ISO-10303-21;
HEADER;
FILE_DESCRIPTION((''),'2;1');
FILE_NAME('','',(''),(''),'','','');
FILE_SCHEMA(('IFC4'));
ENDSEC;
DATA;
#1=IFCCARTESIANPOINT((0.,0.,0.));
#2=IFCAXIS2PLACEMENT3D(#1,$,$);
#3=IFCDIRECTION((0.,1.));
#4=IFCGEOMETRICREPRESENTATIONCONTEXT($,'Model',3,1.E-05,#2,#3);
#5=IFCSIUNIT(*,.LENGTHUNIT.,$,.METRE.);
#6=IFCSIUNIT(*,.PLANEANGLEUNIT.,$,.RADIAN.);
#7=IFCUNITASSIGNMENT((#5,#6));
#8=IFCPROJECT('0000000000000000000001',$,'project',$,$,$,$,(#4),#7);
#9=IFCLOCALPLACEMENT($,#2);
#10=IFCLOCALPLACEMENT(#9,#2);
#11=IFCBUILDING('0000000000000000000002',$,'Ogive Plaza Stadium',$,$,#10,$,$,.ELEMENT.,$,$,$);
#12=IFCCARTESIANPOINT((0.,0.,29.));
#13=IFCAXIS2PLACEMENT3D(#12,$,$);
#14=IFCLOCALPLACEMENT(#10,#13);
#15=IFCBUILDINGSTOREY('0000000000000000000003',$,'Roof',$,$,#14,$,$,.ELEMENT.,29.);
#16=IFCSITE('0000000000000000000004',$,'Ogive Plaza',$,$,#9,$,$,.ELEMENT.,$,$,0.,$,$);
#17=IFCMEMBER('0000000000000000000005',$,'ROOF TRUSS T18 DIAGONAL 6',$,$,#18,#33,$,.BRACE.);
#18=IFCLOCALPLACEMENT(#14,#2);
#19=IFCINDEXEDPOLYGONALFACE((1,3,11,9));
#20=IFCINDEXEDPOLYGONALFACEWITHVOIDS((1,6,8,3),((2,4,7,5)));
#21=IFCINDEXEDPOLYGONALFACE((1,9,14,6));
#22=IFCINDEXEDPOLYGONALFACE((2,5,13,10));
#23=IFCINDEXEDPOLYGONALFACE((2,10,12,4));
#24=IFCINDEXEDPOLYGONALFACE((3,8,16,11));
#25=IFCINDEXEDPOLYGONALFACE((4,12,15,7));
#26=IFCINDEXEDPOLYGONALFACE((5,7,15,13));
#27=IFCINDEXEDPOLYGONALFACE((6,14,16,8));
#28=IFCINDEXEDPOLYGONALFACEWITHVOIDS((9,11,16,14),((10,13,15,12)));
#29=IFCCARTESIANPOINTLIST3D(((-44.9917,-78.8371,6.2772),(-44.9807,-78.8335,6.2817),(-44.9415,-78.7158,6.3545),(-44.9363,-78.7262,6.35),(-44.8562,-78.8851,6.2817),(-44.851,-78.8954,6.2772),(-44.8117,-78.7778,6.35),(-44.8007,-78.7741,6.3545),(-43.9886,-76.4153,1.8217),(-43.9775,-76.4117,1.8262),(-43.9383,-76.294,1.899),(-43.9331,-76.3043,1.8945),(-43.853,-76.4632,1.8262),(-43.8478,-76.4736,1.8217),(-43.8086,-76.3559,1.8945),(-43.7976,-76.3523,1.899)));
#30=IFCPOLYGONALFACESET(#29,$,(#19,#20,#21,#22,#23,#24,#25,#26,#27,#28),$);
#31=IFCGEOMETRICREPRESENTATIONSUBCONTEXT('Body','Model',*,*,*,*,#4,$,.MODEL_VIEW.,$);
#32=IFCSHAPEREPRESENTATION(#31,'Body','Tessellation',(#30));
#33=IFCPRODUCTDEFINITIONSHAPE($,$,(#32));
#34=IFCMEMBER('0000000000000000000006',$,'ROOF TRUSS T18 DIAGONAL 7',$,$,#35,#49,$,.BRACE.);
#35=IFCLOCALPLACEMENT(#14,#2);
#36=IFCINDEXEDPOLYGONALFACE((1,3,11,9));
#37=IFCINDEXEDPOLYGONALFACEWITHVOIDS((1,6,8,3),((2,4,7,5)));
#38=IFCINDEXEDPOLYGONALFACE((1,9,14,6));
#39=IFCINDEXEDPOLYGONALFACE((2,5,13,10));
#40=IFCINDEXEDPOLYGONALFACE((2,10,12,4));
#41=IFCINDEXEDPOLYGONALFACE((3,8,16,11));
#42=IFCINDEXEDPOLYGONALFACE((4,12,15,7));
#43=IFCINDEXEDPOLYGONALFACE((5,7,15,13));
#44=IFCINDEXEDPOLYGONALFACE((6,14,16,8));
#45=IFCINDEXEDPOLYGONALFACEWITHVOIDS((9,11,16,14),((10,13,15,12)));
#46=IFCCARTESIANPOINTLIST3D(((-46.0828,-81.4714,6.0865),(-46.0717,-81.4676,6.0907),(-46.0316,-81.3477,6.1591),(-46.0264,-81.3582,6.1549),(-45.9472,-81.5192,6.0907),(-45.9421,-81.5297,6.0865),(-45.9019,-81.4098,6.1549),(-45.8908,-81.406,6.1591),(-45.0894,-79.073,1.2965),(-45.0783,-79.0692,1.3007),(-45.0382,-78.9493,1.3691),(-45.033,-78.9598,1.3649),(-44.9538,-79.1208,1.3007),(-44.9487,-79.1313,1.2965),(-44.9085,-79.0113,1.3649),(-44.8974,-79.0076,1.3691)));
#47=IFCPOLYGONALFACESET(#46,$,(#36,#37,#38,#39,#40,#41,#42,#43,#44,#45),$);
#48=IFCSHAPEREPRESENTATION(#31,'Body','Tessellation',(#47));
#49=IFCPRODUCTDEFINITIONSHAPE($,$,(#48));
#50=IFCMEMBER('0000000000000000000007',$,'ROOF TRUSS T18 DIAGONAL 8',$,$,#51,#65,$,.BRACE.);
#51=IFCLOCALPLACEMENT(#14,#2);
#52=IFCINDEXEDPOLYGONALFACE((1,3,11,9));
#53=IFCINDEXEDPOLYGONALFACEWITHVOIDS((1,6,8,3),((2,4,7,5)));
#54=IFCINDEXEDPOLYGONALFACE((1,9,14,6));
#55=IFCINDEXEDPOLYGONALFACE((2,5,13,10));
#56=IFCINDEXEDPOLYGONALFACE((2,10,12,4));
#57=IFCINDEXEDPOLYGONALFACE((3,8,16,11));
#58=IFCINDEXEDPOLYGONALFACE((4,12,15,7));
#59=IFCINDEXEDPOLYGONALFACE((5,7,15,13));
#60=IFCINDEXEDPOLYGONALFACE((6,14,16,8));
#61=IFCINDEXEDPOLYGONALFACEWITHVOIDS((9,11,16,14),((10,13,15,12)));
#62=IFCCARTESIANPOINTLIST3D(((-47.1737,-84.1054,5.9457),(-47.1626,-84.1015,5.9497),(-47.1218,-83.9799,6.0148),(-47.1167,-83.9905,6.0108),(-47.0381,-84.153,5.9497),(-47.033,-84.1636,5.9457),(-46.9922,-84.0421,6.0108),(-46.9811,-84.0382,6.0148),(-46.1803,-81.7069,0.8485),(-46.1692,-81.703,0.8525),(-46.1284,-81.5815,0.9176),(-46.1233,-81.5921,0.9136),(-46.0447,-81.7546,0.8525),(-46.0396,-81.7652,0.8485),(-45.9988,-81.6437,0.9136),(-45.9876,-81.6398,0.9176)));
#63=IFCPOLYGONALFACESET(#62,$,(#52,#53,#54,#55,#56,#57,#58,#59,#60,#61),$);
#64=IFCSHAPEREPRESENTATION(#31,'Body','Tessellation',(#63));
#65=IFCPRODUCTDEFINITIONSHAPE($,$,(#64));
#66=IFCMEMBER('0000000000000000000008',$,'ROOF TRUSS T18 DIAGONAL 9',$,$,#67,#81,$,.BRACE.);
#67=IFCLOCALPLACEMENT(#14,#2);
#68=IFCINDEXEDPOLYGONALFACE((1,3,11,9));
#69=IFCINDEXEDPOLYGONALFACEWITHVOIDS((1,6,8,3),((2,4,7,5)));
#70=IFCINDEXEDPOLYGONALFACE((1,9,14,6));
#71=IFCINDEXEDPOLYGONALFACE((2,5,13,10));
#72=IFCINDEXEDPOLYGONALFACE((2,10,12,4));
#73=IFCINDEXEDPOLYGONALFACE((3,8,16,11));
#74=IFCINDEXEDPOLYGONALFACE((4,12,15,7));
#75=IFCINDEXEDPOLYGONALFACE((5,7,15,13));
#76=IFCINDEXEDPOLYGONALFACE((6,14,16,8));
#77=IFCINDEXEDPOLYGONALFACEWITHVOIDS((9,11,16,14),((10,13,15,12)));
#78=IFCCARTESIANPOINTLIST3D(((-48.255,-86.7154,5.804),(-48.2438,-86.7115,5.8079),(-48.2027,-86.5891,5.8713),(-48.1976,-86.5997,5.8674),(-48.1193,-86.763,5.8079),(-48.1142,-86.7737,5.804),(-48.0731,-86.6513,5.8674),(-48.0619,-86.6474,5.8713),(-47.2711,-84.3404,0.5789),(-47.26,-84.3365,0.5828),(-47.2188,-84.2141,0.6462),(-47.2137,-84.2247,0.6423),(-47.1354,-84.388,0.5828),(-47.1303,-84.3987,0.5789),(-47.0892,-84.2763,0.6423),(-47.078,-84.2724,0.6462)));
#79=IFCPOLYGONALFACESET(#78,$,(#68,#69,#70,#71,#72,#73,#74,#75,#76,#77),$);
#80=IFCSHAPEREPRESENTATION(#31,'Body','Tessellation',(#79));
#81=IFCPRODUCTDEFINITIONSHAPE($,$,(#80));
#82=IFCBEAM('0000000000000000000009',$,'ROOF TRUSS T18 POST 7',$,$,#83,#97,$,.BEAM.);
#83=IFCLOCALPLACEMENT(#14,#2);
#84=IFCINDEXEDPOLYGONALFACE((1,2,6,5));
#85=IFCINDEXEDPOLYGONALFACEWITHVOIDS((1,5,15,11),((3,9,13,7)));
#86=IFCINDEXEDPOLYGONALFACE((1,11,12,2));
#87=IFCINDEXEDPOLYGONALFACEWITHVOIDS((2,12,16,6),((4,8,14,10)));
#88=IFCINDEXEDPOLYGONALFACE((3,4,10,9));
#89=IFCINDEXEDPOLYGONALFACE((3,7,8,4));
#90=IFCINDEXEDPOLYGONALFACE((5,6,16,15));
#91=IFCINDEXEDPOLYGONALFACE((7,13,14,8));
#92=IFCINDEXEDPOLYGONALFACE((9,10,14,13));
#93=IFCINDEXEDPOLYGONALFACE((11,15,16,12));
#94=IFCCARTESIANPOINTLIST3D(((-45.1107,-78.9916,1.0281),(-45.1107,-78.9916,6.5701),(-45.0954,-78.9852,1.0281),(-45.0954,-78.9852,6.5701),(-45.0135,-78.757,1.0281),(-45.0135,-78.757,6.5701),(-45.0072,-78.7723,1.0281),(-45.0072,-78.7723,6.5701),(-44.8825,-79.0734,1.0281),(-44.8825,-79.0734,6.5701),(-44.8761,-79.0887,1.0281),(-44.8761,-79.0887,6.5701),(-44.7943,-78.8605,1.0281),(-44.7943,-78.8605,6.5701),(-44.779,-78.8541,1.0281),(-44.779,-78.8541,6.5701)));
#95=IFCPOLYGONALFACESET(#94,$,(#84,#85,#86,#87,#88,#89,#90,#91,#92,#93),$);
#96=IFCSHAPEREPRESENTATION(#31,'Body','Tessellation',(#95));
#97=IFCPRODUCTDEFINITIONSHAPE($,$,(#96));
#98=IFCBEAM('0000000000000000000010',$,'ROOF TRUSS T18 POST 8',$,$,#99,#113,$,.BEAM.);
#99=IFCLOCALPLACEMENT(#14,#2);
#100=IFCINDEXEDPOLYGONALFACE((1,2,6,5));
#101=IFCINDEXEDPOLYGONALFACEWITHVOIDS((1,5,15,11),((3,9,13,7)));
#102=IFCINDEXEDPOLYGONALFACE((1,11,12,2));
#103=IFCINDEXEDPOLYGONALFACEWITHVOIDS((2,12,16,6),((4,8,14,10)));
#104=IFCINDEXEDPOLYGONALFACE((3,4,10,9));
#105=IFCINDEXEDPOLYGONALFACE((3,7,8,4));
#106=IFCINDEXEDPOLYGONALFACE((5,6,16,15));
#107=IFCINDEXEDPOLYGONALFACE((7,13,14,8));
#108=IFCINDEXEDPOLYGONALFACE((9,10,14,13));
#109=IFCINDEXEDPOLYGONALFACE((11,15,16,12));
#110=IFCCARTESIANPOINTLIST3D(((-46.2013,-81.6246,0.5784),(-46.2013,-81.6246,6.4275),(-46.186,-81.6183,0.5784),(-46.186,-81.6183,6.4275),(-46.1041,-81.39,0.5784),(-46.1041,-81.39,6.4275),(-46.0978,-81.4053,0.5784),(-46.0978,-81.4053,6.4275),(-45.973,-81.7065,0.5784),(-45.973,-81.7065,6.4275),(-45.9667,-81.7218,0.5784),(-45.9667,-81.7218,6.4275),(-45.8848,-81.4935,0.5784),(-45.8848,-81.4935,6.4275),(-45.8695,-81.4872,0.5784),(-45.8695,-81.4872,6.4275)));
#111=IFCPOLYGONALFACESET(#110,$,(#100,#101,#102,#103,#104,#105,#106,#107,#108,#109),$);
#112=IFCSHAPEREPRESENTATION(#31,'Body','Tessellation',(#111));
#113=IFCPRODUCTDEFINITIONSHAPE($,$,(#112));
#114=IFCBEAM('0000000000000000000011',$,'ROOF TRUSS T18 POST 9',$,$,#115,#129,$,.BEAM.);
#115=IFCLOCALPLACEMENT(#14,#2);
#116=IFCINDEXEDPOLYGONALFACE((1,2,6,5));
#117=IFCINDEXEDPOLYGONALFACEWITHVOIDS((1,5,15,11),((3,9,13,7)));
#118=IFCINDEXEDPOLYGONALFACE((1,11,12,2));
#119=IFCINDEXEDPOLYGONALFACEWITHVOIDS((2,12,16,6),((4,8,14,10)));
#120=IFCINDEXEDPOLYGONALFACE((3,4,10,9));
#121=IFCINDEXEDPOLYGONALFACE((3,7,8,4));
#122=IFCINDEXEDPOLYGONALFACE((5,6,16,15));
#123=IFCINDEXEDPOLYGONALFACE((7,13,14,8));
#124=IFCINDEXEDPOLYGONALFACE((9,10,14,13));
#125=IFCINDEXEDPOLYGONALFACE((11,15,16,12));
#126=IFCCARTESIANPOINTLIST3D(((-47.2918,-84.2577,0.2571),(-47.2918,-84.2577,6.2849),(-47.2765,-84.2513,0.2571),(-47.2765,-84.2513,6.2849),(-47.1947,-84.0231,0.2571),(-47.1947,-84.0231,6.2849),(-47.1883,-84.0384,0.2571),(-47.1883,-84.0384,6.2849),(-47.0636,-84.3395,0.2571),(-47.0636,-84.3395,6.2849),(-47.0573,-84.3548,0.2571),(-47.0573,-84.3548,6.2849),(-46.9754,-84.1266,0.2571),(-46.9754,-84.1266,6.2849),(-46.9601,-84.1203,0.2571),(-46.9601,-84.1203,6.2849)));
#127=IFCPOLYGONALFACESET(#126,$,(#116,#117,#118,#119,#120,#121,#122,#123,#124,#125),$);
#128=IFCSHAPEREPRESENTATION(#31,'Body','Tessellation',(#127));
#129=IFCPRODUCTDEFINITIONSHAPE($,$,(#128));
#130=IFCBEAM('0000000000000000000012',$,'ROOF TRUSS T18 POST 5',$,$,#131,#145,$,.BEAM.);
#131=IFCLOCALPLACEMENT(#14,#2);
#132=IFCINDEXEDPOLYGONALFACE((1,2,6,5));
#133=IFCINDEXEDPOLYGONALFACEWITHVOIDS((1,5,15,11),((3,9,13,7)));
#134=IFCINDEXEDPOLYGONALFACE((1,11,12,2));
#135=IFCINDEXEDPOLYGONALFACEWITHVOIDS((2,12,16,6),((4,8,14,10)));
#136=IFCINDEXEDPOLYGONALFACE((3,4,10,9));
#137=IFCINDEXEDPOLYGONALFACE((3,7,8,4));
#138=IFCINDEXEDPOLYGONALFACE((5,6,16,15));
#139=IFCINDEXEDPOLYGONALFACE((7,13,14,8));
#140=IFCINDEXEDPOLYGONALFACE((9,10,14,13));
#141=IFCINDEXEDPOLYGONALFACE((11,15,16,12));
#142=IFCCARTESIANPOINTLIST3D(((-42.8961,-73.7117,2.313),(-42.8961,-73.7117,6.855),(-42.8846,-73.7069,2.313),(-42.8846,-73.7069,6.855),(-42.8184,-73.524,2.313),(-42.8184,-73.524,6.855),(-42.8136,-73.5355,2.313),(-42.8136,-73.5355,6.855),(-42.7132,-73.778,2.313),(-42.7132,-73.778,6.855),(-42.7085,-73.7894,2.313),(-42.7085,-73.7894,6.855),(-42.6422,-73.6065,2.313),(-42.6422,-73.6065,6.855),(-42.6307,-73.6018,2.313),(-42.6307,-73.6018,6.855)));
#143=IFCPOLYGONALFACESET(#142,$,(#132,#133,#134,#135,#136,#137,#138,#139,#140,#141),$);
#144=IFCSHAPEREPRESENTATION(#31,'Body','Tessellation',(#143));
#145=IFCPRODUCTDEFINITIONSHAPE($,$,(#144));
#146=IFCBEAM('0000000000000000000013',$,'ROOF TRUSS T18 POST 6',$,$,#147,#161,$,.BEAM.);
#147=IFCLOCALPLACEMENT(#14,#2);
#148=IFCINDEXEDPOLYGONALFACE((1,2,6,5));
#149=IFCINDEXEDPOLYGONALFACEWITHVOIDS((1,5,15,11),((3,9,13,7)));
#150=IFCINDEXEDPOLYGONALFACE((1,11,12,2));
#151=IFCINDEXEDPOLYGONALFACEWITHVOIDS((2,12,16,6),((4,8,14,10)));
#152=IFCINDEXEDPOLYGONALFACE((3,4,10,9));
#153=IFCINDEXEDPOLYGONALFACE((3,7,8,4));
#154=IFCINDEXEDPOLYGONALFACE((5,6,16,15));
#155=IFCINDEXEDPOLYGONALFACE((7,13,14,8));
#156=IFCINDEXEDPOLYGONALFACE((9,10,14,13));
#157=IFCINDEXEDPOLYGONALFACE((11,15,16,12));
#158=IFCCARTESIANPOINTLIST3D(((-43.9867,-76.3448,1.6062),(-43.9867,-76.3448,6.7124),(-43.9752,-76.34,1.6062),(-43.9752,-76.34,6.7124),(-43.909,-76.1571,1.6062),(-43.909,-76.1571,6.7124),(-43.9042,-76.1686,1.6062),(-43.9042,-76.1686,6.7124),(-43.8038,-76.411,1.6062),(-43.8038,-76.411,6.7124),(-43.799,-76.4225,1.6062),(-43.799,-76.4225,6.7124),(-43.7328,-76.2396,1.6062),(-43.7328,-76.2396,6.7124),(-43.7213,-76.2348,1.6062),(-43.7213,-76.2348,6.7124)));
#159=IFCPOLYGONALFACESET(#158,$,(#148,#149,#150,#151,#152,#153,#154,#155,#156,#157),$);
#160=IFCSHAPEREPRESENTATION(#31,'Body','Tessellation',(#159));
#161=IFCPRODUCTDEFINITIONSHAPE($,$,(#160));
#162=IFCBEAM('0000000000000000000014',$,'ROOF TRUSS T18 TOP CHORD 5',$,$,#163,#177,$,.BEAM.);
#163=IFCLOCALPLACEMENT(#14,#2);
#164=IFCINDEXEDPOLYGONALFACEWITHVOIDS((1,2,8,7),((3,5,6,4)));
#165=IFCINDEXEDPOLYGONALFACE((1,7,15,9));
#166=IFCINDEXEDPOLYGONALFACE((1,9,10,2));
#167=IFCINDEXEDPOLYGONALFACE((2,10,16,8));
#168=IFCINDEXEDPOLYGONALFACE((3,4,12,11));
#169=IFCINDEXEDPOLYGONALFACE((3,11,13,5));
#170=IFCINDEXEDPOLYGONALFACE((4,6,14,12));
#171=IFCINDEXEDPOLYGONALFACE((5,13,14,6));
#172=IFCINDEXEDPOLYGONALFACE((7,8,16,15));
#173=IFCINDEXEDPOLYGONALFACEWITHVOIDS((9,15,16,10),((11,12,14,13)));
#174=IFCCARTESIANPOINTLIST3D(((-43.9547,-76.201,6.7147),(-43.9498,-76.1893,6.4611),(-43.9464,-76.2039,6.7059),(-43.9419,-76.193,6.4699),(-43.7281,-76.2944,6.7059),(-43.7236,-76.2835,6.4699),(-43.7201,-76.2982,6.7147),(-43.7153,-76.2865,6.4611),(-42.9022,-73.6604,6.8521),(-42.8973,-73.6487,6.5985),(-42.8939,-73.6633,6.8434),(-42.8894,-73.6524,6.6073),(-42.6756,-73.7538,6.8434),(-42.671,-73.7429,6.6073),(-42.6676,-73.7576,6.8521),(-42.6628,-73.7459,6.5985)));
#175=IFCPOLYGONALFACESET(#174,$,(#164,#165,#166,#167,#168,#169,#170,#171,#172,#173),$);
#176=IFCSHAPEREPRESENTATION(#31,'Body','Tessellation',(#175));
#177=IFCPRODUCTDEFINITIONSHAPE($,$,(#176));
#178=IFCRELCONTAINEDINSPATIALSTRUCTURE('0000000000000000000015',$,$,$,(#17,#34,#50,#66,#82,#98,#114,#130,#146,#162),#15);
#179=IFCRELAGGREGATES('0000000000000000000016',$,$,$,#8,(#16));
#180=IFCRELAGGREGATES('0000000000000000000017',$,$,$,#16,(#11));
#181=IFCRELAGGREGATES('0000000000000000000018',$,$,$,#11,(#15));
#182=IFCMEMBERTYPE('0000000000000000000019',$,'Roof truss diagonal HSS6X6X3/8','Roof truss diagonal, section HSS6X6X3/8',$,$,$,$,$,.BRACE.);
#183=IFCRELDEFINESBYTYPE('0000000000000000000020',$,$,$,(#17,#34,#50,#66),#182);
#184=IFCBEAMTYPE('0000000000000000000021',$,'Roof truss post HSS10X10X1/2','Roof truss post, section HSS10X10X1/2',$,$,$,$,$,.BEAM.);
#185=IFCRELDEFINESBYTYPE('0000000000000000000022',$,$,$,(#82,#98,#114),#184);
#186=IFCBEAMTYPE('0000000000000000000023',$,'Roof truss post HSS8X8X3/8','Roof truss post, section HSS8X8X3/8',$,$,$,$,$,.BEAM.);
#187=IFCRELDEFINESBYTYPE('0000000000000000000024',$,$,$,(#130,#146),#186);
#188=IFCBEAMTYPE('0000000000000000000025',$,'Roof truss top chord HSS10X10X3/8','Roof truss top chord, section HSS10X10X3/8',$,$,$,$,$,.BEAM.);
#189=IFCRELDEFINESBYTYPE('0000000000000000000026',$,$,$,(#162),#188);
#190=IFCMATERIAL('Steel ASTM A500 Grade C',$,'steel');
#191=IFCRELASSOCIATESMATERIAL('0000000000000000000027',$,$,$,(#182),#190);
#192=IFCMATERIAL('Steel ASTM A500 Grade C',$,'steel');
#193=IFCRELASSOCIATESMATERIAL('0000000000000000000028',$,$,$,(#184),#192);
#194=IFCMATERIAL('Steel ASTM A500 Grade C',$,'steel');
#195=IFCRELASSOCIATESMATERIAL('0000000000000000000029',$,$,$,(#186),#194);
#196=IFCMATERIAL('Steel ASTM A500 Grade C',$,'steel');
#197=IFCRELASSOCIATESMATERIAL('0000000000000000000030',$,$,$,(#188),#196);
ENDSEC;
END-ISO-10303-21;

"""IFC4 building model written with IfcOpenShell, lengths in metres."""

from ifc_helpers import new_model, si_unit, direction, frame, origin, origin_2d, place, context, subcontext, project, spatial, hollow_rectangle, extrude, material, material_profile, profile_set, type_object, element, save


model = new_model("IFC4")

# Units and contexts
model_context = context("Model", 3, precision=1e-05, world=origin(), true_north=direction((0.0, 1.0)))
body_context = subcontext(model_context, "Body", "Model", "MODEL_VIEW")
ifc_project = project(units=[si_unit("LENGTHUNIT", "METRE"), si_unit("PLANEANGLEUNIT", "RADIAN")], contexts=[model_context])

# Site, building, storey
site_placement = place(None, origin())
site = spatial("IfcSite", under=ifc_project, at=site_placement, Name="Ogive Plaza", CompositionType="ELEMENT", RefElevation=0.0)
building_placement = place(site_placement, origin())
building = spatial("IfcBuilding", under=site, at=building_placement, Name="Ogive Plaza Stadium", CompositionType="ELEMENT")
storey_placement = place(building_placement, frame((0.0, 0.0, 29.0)))
storey = spatial("IfcBuildingStorey", under=building, at=storey_placement, Name="Roof", CompositionType="ELEMENT", Elevation=29.0)

# Members
ifc_material_1 = material(Name="Steel ASTM A500 Grade C", Category="steel")
ifc_material_profile_1 = material_profile(ifc_material_1, hollow_rectangle(XDim=0.1523, YDim=0.1523, WallThickness=0.0088, at=origin_2d()), Name="HSS6X6X3/8")
ifc_profile_set_1 = profile_set([ifc_material_profile_1], Name="Steel ASTM A500 Grade C")
member_type_1 = type_object("IfcMemberType", Name="Roof truss diagonal HSS6X6X3/8", Description="Roof truss diagonal, section HSS6X6X3/8", PredefinedType="BRACE", material=ifc_profile_set_1)
member_1_placement = place(storey_placement, frame((-43.8931, -76.3838, 1.8604), z_axis=(-0.194056, -0.468492, 0.861892), x_axis=(0.923879, -0.382684, 0.0)))
element("IfcMember", 1, at=member_1_placement, inside=storey, type_object=member_type_1, Name="ROOF TRUSS T18 DIAGONAL 6", PredefinedType="BRACE", context=body_context, shape_type="SweptSolid", body=[
    extrude(hollow_rectangle(XDim=0.1523, YDim=0.1523, WallThickness=0.0088, at=origin_2d()), origin(), (0.0, 0.0, 1.0), 5.1694),
])
member_2_placement = place(storey_placement, frame((-44.9934, -79.0403, 1.3328), z_axis=(-0.182334, -0.440219, 0.879183), x_axis=(0.923887, -0.382665, 0.0)))
element("IfcMember", 2, at=member_2_placement, inside=storey, type_object=member_type_1, Name="ROOF TRUSS T18 DIAGONAL 7", PredefinedType="BRACE", context=body_context, shape_type="SweptSolid", body=[
    extrude(hollow_rectangle(XDim=0.1523, YDim=0.1523, WallThickness=0.0088, at=origin_2d()), origin(), (0.0, 0.0, 1.0), 5.4482),
])
member_3_placement = place(storey_placement, frame((-46.084, -81.6733, 0.8831), z_axis=(-0.173667, -0.419294, 0.891085), x_axis=(0.923887, -0.382665, 0.0)))
element("IfcMember", 3, at=member_3_placement, inside=storey, type_object=member_type_1, Name="ROOF TRUSS T18 DIAGONAL 8", PredefinedType="BRACE", context=body_context, shape_type="SweptSolid", body=[
    extrude(hollow_rectangle(XDim=0.1523, YDim=0.1523, WallThickness=0.0088, at=origin_2d()), origin(), (0.0, 0.0, 1.0), 5.7202),
])
member_4_placement = place(storey_placement, frame((-47.1746, -84.3064, 0.6125), z_axis=(-0.168958, -0.407847, 0.897281), x_axis=(0.923862, -0.382726, 0.0)))
element("IfcMember", 4, at=member_4_placement, inside=storey, type_object=member_type_1, Name="ROOF TRUSS T18 DIAGONAL 9", PredefinedType="BRACE", context=body_context, shape_type="SweptSolid", body=[
    extrude(hollow_rectangle(XDim=0.1523, YDim=0.1523, WallThickness=0.0088, at=origin_2d()), origin(), (0.0, 0.0, 1.0), 5.8232),
])

# Beams
ifc_material_2 = material(Name="Steel ASTM A500 Grade C", Category="steel")
ifc_material_profile_2 = material_profile(ifc_material_2, hollow_rectangle(XDim=0.2539, YDim=0.2539, WallThickness=0.0117, at=origin_2d()), Name="HSS10X10X1/2")
ifc_profile_set_2 = profile_set([ifc_material_profile_2], Name="Steel ASTM A500 Grade C")
beam_type_1 = type_object("IfcBeamType", Name="Roof truss post HSS10X10X1/2", Description="Roof truss post, section HSS10X10X1/2", PredefinedType="BEAM", material=ifc_profile_set_2)
beam_1_placement = place(storey_placement, frame((-44.9448, -78.9229, 1.0281), z_axis=(0.0, 0.0, 1.0), x_axis=(0.92388, -0.382683, 0.0)))
element("IfcBeam", 5, at=beam_1_placement, inside=storey, type_object=beam_type_1, Name="ROOF TRUSS T18 POST 7", PredefinedType="BEAM", context=body_context, shape_type="SweptSolid", body=[
    extrude(hollow_rectangle(XDim=0.2539, YDim=0.2539, WallThickness=0.0117, at=origin_2d()), origin(), (0.0, 0.0, 1.0), 5.542),
])
beam_2_placement = place(storey_placement, frame((-46.0354, -81.5559, 0.5784), z_axis=(0.0, 0.0, 1.0), x_axis=(0.92388, -0.382683, 0.0)))
element("IfcBeam", 6, at=beam_2_placement, inside=storey, type_object=beam_type_1, Name="ROOF TRUSS T18 POST 8", PredefinedType="BEAM", context=body_context, shape_type="SweptSolid", body=[
    extrude(hollow_rectangle(XDim=0.2539, YDim=0.2539, WallThickness=0.0117, at=origin_2d()), origin(), (0.0, 0.0, 1.0), 5.8491),
])
beam_3_placement = place(storey_placement, frame((-47.126, -84.189, 0.2571), z_axis=(0.0, 0.0, 1.0), x_axis=(0.92388, -0.382683, 0.0)))
element("IfcBeam", 7, at=beam_3_placement, inside=storey, type_object=beam_type_1, Name="ROOF TRUSS T18 POST 9", PredefinedType="BEAM", context=body_context, shape_type="SweptSolid", body=[
    extrude(hollow_rectangle(XDim=0.2539, YDim=0.2539, WallThickness=0.0117, at=origin_2d()), origin(), (0.0, 0.0, 1.0), 6.0278),
])
ifc_material_3 = material(Name="Steel ASTM A500 Grade C", Category="steel")
ifc_material_profile_3 = material_profile(ifc_material_3, hollow_rectangle(XDim=0.2031, YDim=0.2031, WallThickness=0.0088, at=origin_2d()), Name="HSS8X8X3/8")
ifc_profile_set_3 = profile_set([ifc_material_profile_3], Name="Steel ASTM A500 Grade C")
beam_type_2 = type_object("IfcBeamType", Name="Roof truss post HSS8X8X3/8", Description="Roof truss post, section HSS8X8X3/8", PredefinedType="BEAM", material=ifc_profile_set_3)
beam_4_placement = place(storey_placement, frame((-42.7634, -73.6567, 2.313), z_axis=(0.0, 0.0, 1.0), x_axis=(0.92388, -0.382683, 0.0)))
element("IfcBeam", 8, at=beam_4_placement, inside=storey, type_object=beam_type_2, Name="ROOF TRUSS T18 POST 5", PredefinedType="BEAM", context=body_context, shape_type="SweptSolid", body=[
    extrude(hollow_rectangle(XDim=0.2031, YDim=0.2031, WallThickness=0.0088, at=origin_2d()), origin(), (0.0, 0.0, 1.0), 4.542),
])
beam_5_placement = place(storey_placement, frame((-43.854, -76.2898, 1.6062), z_axis=(0.0, 0.0, 1.0), x_axis=(0.92388, -0.382683, 0.0)))
element("IfcBeam", 9, at=beam_5_placement, inside=storey, type_object=beam_type_2, Name="ROOF TRUSS T18 POST 6", PredefinedType="BEAM", context=body_context, shape_type="SweptSolid", body=[
    extrude(hollow_rectangle(XDim=0.2031, YDim=0.2031, WallThickness=0.0088, at=origin_2d()), origin(), (0.0, 0.0, 1.0), 5.1062),
])
ifc_material_4 = material(Name="Steel ASTM A500 Grade C", Category="steel")
ifc_material_profile_4 = material_profile(ifc_material_4, hollow_rectangle(XDim=0.2539, YDim=0.2539, WallThickness=0.0088, at=origin_2d()), Name="HSS10X10X3/8")
ifc_profile_set_4 = profile_set([ifc_material_profile_4], Name="Steel ASTM A500 Grade C")
beam_type_3 = type_object("IfcBeamType", Name="Roof truss top chord HSS10X10X3/8", Description="Roof truss top chord, section HSS10X10X3/8", PredefinedType="BEAM", material=ifc_profile_set_4)
beam_6_placement = place(storey_placement, frame((-42.7825, -73.7031, 6.7253), z_axis=(-0.382259, -0.922706, -0.049922), x_axis=(0.923858, -0.382736, 0.0)))
element("IfcBeam", 10, at=beam_6_placement, inside=storey, type_object=beam_type_3, Name="ROOF TRUSS T18 TOP CHORD 5", PredefinedType="BEAM", context=body_context, shape_type="SweptSolid", body=[
    extrude(hollow_rectangle(XDim=0.2539, YDim=0.2539, WallThickness=0.0088, at=origin_2d()), origin(), (0.0, 0.0, 1.0), 2.7534),
])

save(model, "model.ifc")
